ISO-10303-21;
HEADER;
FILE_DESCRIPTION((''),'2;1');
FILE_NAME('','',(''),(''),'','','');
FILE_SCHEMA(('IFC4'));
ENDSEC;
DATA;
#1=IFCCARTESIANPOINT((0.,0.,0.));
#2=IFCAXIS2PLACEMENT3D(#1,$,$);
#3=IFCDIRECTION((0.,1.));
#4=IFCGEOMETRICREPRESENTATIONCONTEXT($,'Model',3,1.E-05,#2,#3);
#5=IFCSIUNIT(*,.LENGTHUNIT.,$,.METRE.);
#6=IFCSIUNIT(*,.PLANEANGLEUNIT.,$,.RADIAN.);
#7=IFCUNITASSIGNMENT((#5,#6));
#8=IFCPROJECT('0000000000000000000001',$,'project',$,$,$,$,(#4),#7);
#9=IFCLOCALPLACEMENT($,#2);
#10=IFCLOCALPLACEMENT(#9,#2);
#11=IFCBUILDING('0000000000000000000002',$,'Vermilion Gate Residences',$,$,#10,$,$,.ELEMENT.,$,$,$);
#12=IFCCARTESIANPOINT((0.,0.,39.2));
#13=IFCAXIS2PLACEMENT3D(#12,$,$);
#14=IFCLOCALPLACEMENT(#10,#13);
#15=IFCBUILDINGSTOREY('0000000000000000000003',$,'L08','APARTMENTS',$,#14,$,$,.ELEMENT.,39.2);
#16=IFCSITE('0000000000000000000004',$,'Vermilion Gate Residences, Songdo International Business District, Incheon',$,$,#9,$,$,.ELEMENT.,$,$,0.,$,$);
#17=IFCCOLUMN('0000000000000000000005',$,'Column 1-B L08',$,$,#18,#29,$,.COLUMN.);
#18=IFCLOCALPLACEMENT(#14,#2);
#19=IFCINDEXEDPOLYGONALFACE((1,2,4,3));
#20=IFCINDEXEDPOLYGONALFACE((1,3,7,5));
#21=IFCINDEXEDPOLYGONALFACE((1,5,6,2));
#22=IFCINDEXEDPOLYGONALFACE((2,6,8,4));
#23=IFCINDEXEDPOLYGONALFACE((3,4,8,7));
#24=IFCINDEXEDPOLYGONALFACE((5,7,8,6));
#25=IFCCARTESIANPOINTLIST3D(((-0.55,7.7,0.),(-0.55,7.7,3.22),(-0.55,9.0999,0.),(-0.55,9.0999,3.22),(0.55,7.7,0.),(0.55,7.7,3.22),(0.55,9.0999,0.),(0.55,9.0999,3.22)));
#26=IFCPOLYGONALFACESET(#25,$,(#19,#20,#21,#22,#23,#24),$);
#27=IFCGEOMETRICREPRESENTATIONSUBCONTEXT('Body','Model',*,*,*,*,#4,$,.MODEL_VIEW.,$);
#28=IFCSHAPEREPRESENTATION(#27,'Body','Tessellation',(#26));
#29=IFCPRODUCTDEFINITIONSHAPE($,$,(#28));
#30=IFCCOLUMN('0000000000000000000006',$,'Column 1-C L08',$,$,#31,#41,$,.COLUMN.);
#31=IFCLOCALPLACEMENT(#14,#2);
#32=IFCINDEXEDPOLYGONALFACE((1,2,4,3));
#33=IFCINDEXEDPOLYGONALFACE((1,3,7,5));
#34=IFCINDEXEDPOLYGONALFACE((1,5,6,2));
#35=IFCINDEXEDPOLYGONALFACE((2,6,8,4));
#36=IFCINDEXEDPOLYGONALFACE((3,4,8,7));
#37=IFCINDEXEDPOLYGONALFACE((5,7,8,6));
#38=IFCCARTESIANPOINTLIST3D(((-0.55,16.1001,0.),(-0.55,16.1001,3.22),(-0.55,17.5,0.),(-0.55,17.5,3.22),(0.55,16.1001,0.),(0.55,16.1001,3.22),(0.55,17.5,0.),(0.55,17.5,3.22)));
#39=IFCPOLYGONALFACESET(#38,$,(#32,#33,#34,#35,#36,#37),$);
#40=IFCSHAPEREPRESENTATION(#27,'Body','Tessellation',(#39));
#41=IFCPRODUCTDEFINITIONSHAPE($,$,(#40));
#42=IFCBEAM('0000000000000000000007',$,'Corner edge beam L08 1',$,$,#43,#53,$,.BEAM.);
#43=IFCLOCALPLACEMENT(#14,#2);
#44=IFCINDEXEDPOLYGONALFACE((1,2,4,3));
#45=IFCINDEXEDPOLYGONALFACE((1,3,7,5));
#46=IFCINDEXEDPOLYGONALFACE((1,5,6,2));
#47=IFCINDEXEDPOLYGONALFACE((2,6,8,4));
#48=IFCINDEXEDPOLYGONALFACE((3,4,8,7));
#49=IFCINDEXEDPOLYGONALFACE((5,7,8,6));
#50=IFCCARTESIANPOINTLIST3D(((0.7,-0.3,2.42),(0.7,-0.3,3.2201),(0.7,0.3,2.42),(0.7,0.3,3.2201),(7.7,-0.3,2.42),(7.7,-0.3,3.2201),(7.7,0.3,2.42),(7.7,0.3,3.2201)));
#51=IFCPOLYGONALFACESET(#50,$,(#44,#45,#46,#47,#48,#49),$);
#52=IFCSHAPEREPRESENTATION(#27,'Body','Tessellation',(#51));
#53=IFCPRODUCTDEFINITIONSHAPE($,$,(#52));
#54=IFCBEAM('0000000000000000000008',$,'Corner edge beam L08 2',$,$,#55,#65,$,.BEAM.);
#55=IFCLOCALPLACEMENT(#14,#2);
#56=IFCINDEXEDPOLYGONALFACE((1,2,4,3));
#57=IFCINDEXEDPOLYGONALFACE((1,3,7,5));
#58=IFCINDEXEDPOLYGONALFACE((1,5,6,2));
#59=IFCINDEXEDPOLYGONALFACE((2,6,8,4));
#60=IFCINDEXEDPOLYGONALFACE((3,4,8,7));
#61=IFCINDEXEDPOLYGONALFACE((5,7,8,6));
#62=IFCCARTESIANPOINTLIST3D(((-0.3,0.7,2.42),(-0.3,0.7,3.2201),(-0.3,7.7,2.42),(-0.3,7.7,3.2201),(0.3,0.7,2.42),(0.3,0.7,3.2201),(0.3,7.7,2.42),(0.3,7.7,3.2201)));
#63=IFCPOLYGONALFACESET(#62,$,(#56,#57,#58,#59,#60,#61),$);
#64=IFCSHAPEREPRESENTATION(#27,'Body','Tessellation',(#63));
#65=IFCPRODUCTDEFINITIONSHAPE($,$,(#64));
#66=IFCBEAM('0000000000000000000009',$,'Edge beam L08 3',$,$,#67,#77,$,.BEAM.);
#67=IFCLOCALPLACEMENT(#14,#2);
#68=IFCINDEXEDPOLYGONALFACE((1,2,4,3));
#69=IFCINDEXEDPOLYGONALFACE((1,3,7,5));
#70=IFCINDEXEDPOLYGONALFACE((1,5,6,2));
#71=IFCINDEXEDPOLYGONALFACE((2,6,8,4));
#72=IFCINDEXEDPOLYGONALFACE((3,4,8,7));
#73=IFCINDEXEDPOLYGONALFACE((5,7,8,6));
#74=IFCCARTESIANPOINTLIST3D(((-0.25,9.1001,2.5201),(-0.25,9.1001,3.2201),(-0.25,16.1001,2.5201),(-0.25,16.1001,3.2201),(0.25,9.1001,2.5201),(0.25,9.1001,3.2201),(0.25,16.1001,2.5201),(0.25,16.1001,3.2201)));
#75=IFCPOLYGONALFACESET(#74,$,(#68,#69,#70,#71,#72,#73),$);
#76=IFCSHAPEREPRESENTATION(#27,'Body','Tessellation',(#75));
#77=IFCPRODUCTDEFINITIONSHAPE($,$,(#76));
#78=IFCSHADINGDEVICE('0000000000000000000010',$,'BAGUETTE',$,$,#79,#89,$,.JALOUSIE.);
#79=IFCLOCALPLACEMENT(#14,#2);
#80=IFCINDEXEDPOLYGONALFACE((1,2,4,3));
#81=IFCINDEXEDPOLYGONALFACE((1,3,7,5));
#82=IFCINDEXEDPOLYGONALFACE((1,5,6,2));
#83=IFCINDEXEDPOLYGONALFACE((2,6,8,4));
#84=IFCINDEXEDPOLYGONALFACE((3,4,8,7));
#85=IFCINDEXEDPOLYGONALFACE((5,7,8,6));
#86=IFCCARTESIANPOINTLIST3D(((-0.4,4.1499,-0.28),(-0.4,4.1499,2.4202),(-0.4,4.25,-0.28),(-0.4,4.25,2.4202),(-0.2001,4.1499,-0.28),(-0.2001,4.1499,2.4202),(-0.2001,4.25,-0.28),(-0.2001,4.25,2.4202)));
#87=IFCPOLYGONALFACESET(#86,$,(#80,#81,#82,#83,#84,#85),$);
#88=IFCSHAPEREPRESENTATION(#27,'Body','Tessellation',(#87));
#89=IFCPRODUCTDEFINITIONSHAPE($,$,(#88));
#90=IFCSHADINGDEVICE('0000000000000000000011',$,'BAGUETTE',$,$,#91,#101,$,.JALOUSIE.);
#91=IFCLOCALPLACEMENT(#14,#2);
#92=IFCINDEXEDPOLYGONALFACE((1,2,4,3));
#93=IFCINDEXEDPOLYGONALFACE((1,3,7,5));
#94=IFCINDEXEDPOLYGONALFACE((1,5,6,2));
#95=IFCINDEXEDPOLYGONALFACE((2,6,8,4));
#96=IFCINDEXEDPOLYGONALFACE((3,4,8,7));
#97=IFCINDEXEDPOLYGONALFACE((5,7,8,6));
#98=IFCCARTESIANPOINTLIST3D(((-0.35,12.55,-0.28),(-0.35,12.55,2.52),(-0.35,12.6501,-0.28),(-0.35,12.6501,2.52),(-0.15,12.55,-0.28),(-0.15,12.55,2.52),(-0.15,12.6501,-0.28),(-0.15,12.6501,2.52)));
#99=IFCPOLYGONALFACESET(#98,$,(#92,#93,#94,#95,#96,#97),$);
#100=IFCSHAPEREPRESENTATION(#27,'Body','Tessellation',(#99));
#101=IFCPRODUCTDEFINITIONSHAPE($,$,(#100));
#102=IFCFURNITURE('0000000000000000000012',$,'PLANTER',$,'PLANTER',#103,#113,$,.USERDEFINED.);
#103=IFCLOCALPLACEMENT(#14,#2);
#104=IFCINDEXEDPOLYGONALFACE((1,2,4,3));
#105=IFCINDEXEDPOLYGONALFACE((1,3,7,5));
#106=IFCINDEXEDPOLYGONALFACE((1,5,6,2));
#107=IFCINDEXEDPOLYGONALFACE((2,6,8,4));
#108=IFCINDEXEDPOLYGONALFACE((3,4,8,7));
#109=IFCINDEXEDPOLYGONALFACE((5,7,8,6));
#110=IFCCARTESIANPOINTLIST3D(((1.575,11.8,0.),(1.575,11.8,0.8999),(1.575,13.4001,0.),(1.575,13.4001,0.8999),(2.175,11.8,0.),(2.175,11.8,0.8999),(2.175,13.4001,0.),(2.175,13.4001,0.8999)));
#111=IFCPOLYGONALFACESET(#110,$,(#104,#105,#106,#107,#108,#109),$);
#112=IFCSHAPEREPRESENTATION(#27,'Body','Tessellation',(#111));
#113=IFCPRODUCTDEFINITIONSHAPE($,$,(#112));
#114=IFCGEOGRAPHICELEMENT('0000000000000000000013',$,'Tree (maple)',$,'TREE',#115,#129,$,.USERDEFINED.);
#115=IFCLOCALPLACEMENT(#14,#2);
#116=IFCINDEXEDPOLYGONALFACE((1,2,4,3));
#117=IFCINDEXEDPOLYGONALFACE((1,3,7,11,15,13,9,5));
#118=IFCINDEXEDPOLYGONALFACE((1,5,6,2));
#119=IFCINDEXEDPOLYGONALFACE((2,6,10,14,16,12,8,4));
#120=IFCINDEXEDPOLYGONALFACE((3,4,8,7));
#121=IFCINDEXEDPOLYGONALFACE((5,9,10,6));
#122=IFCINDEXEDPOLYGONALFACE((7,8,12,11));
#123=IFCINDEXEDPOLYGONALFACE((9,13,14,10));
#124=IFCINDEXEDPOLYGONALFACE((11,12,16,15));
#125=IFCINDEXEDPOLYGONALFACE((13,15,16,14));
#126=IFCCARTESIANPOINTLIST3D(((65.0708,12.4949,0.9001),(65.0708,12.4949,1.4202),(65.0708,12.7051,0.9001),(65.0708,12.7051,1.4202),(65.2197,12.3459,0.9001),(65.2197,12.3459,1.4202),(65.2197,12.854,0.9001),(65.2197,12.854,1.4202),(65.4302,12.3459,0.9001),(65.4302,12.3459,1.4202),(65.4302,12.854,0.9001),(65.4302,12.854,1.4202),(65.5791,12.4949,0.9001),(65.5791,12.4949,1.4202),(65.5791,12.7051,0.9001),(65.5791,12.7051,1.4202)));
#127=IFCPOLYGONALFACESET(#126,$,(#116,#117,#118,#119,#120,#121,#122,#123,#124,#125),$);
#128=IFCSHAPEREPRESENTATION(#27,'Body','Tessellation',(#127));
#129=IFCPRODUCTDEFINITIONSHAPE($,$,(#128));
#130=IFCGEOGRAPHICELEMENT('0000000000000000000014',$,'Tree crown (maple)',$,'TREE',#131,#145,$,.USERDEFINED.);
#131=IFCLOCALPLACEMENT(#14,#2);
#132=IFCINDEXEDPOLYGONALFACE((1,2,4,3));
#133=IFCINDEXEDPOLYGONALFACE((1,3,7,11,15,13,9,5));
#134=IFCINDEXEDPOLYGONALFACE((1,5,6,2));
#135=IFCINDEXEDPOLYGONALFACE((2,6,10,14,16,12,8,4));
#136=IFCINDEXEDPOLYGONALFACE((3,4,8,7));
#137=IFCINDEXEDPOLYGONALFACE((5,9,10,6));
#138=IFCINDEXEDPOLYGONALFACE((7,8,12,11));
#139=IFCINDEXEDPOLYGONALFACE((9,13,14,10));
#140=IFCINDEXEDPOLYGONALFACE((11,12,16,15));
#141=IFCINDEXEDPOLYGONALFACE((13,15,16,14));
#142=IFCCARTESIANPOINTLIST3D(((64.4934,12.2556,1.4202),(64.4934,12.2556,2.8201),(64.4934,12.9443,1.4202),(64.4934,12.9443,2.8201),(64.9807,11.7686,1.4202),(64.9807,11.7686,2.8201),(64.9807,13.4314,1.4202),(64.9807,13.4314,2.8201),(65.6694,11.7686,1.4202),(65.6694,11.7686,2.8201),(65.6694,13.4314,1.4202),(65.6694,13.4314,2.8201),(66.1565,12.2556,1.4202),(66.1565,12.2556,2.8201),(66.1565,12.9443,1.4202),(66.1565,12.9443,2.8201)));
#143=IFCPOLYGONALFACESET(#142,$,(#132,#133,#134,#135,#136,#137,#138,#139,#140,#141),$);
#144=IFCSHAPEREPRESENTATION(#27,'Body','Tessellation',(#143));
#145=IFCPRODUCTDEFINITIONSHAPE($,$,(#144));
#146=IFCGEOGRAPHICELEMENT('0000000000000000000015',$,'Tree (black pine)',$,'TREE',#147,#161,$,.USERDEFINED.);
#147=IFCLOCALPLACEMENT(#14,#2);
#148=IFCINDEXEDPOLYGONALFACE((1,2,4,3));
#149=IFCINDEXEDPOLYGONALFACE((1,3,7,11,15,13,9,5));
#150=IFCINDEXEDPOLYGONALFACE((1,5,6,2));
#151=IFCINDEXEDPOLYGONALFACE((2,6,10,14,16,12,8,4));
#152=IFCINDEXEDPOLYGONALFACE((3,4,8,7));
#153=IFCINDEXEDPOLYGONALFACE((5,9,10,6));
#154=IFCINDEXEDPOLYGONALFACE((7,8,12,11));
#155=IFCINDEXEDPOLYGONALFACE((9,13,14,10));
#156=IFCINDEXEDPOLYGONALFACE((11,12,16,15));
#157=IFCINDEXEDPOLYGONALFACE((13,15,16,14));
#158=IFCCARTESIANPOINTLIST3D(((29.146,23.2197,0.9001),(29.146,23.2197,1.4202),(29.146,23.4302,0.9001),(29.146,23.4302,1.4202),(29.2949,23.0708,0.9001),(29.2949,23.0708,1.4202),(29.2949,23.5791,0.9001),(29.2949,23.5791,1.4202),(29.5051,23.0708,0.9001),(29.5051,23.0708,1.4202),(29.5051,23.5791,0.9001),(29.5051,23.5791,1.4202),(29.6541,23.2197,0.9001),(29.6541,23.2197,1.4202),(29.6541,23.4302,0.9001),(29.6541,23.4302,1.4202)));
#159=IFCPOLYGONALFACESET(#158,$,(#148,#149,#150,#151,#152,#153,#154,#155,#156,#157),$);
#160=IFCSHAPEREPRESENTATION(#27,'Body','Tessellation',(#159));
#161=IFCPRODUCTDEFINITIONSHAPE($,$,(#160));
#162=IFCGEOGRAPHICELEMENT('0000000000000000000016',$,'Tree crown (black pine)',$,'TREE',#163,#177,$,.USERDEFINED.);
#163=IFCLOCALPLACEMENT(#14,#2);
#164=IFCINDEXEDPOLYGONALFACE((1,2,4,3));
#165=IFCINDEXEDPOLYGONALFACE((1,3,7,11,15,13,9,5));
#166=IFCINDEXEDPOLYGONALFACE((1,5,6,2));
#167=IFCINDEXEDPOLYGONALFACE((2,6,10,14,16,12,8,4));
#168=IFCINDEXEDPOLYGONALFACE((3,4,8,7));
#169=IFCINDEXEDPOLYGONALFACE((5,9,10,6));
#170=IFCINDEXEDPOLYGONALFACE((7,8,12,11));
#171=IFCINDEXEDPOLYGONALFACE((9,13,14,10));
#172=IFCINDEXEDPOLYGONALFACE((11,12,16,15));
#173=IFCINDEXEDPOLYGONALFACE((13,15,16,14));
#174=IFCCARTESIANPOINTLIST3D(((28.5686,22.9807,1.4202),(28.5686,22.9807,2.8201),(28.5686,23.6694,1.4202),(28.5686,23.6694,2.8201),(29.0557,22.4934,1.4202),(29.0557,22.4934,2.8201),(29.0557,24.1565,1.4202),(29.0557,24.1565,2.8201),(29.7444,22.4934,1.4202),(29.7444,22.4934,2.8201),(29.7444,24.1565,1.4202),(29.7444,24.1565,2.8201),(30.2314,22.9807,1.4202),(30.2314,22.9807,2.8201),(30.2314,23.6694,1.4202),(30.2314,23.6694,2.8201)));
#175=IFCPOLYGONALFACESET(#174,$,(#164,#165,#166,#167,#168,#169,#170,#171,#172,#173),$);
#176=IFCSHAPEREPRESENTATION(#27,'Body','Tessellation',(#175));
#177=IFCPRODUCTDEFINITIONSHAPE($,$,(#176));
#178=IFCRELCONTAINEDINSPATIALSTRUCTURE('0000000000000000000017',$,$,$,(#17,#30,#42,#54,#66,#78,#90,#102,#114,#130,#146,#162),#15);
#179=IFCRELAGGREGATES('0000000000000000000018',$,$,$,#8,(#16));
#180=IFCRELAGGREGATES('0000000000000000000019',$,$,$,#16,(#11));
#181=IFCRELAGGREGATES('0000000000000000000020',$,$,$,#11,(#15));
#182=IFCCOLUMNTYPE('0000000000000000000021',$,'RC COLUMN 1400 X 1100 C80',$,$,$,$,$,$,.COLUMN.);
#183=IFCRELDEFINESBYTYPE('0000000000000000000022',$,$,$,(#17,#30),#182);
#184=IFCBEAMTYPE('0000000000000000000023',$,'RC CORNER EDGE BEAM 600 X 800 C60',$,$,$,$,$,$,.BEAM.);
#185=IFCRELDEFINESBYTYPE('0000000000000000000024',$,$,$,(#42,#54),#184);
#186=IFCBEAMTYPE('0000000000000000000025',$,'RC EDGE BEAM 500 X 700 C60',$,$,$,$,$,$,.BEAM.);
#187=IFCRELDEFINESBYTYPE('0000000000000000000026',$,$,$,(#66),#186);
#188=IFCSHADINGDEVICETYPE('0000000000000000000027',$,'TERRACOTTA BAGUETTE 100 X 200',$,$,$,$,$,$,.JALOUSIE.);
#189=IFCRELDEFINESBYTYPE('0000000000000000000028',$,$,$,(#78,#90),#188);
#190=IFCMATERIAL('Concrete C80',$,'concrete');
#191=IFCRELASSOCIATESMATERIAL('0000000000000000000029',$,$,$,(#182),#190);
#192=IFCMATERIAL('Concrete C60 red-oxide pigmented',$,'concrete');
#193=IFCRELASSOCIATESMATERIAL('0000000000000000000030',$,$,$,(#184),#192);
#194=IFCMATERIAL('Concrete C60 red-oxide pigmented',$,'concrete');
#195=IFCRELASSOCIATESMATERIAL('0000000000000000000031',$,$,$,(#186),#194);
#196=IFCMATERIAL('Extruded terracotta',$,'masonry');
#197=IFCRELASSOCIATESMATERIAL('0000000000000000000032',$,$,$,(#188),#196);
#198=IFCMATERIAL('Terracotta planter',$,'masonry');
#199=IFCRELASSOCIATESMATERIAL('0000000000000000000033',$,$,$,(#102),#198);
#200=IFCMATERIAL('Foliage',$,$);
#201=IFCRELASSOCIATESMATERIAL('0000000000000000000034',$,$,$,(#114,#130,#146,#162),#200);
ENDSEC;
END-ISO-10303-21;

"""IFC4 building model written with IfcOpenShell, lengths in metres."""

from ifc_helpers import new_model, si_unit, direction, frame, origin, origin_2d, place, context, subcontext, project, spatial, polyline, rectangle, outline, extrude, material, material_profile, profile_set, type_object, element, save


model = new_model("IFC4")

# Units and contexts
model_context = context("Model", 3, precision=1e-05, world=origin(), true_north=direction((0.0, 1.0)))
body_context = subcontext(model_context, "Body", "Model", "MODEL_VIEW")
ifc_project = project(units=[si_unit("LENGTHUNIT", "METRE"), si_unit("PLANEANGLEUNIT", "RADIAN")], contexts=[model_context])

# Site, building, storey
site_placement = place(None, origin())
site = spatial("IfcSite", under=ifc_project, at=site_placement, Name="Vermilion Gate Residences, Songdo International Business District, Incheon", CompositionType="ELEMENT", RefElevation=0.0)
building_placement = place(site_placement, origin())
building = spatial("IfcBuilding", under=site, at=building_placement, Name="Vermilion Gate Residences", CompositionType="ELEMENT")
storey_placement = place(building_placement, frame((0.0, 0.0, 39.2)))
storey = spatial("IfcBuildingStorey", under=building, at=storey_placement, Name="L08", Description="APARTMENTS", CompositionType="ELEMENT", Elevation=39.2)

# Columns
ifc_material_1 = material(Name="Concrete C80", Category="concrete")
ifc_material_profile_1 = material_profile(ifc_material_1, rectangle(XDim=1.3999, YDim=1.1001, at=origin_2d()), Name="RC-1400x1100")
ifc_profile_set_1 = profile_set([ifc_material_profile_1], Name="Concrete C80")
column_type = type_object("IfcColumnType", Name="RC COLUMN 1400 X 1100 C80", PredefinedType="COLUMN", material=ifc_profile_set_1)
for number, where, z_axis, x_axis, name in (
    (1, (0.0, 8.3999, 0.0), (0.0, 0.0, 1.0), (0.0, 1.0, 0.0), "Column 1-B L08"),
    (2, (0.0, 16.8, 0.0), (0.0, 0.0, 1.0), (0.0, 1.0, 0.0), "Column 1-C L08"),
):
    element("IfcColumn", number, at=place(storey_placement, frame(where, z_axis=z_axis, x_axis=x_axis)), inside=storey, type_object=column_type, Name=name, PredefinedType="COLUMN", context=body_context, shape_type="SweptSolid", body=[
        extrude(rectangle(XDim=1.3999, YDim=1.1001, at=origin_2d()), origin(), (0.0, 0.0, 1.0), 3.22),
    ])

# Beams
ifc_material_2 = material(Name="Concrete C60 red-oxide pigmented", Category="concrete")
ifc_material_profile_2 = material_profile(ifc_material_2, rectangle(XDim=0.6001, YDim=0.8, at=origin_2d()), Name="RC-600x800")
ifc_profile_set_2 = profile_set([ifc_material_profile_2], Name="Concrete C60 red-oxide pigmented")
beam_type_1 = type_object("IfcBeamType", Name="RC CORNER EDGE BEAM 600 X 800 C60", PredefinedType="BEAM", material=ifc_profile_set_2)
for number, where, z_axis, x_axis, name in (
    (3, (0.7, 0.0, 2.8201), (1.0, 0.0, 0.0), (0.0, 1.0, 0.0), "Corner edge beam L08 1"),
    (4, (0.0, 0.7, 2.8201), (0.0, 1.0, 0.0), (-1.0, 0.0, 0.0), "Corner edge beam L08 2"),
):
    element("IfcBeam", number, at=place(storey_placement, frame(where, z_axis=z_axis, x_axis=x_axis)), inside=storey, type_object=beam_type_1, Name=name, PredefinedType="BEAM", context=body_context, shape_type="SweptSolid", body=[
        extrude(rectangle(XDim=0.6001, YDim=0.8, at=origin_2d()), origin(), (0.0, 0.0, 1.0), 7.0),
    ])
ifc_material_3 = material(Name="Concrete C60 red-oxide pigmented", Category="concrete")
ifc_material_profile_3 = material_profile(ifc_material_3, rectangle(XDim=0.5, YDim=0.7, at=origin_2d()), Name="RC-500x700")
ifc_profile_set_3 = profile_set([ifc_material_profile_3], Name="Concrete C60 red-oxide pigmented")
beam_type_2 = type_object("IfcBeamType", Name="RC EDGE BEAM 500 X 700 C60", PredefinedType="BEAM", material=ifc_profile_set_3)
beam_placement = place(storey_placement, frame((0.0, 9.1001, 2.8701), z_axis=(0.0, 1.0, 0.0), x_axis=(-1.0, 0.0, 0.0)))
element("IfcBeam", 5, at=beam_placement, inside=storey, type_object=beam_type_2, Name="Edge beam L08 3", PredefinedType="BEAM", context=body_context, shape_type="SweptSolid", body=[
    extrude(rectangle(XDim=0.5, YDim=0.7, at=origin_2d()), origin(), (0.0, 0.0, 1.0), 7.0),
])

# Shading devices
ifc_material_4 = material(Name="Extruded terracotta", Category="masonry")
ifc_material_profile_4 = material_profile(ifc_material_4, rectangle(XDim=0.2, YDim=0.1001, at=origin_2d()), Name="BAGUETTE 100 X 200")
ifc_profile_set_4 = profile_set([ifc_material_profile_4], Name="Extruded terracotta")
shading_device_type = type_object("IfcShadingDeviceType", Name="TERRACOTTA BAGUETTE 100 X 200", PredefinedType="JALOUSIE", material=ifc_profile_set_4)
shading_device_1_placement = place(storey_placement, frame((-0.3, 4.2, -0.28), z_axis=(0.0, 0.0, 1.0), x_axis=(1.0, 0.0, 0.0)))
element("IfcShadingDevice", 6, at=shading_device_1_placement, inside=storey, type_object=shading_device_type, Name="BAGUETTE", PredefinedType="JALOUSIE", context=body_context, shape_type="SweptSolid", body=[
    extrude(rectangle(XDim=0.2, YDim=0.1001, at=origin_2d()), origin(), (0.0, 0.0, 1.0), 2.7002),
])
shading_device_2_placement = place(storey_placement, frame((-0.25, 12.6001, -0.28), z_axis=(0.0, 0.0, 1.0), x_axis=(1.0, 0.0, 0.0)))
element("IfcShadingDevice", 7, at=shading_device_2_placement, inside=storey, type_object=shading_device_type, Name="BAGUETTE", PredefinedType="JALOUSIE", context=body_context, shape_type="SweptSolid", body=[
    extrude(rectangle(XDim=0.2, YDim=0.1001, at=origin_2d()), origin(), (0.0, 0.0, 1.0), 2.8),
])

# Furniture
ifc_material_5 = material(Name="Terracotta planter", Category="masonry")
furniture_placement = place(storey_placement, frame((1.875, 12.6001, 0.0), z_axis=(0.0, 0.0, 1.0), x_axis=(0.0, -1.0, 0.0)))
element("IfcFurniture", 8, at=furniture_placement, inside=storey, material=ifc_material_5, Name="PLANTER", ObjectType="PLANTER", PredefinedType="USERDEFINED", context=body_context, shape_type="SweptSolid", body=[
    extrude(rectangle(XDim=1.6001, YDim=0.6001, at=origin_2d()), origin(), (0.0, 0.0, 1.0), 0.8999),
])

# Geographic elements
ifc_material_6 = material(Name="Foliage")
geographic_element_1_placement = place(storey_placement, frame((0.0, 0.0, 0.9001)))
element("IfcGeographicElement", 9, at=geographic_element_1_placement, inside=storey, material=ifc_material_6, Name="Tree (maple)", ObjectType="TREE", PredefinedType="USERDEFINED", context=body_context, shape_type="SweptSolid", body=[
    extrude(outline(polyline([(65.5791, 12.7051), (65.4302, 12.854), (65.2197, 12.854), (65.0708, 12.7051), (65.0708, 12.4949), (65.2197, 12.3459), (65.4302, 12.3459), (65.5791, 12.4949), (65.5791, 12.7051)])), origin(), (0.0, 0.0, 1.0), 0.52),
])
geographic_element_2_placement = place(storey_placement, frame((0.0, 0.0, 1.4202)))
element("IfcGeographicElement", 10, at=geographic_element_2_placement, inside=storey, material=ifc_material_6, Name="Tree crown (maple)", ObjectType="TREE", PredefinedType="USERDEFINED", context=body_context, shape_type="SweptSolid", body=[
    extrude(outline(polyline([(66.1565, 12.9443), (65.6694, 13.4314), (64.9807, 13.4314), (64.4934, 12.9443), (64.4934, 12.2556), (64.9807, 11.7686), (65.6694, 11.7686), (66.1565, 12.2556), (66.1565, 12.9443)])), origin(), (0.0, 0.0, 1.0), 1.3999),
])
geographic_element_3_placement = place(storey_placement, frame((0.0, 0.0, 0.9001)))
element("IfcGeographicElement", 11, at=geographic_element_3_placement, inside=storey, material=ifc_material_6, Name="Tree (black pine)", ObjectType="TREE", PredefinedType="USERDEFINED", context=body_context, shape_type="SweptSolid", body=[
    extrude(outline(polyline([(29.6541, 23.4302), (29.5051, 23.5791), (29.2949, 23.5791), (29.146, 23.4302), (29.146, 23.2197), (29.2949, 23.0708), (29.5051, 23.0708), (29.6541, 23.2197), (29.6541, 23.4302)])), origin(), (0.0, 0.0, 1.0), 0.52),
])
geographic_element_4_placement = place(storey_placement, frame((0.0, 0.0, 1.4202)))
element("IfcGeographicElement", 12, at=geographic_element_4_placement, inside=storey, material=ifc_material_6, Name="Tree crown (black pine)", ObjectType="TREE", PredefinedType="USERDEFINED", context=body_context, shape_type="SweptSolid", body=[
    extrude(outline(polyline([(30.2314, 23.6694), (29.7444, 24.1565), (29.0557, 24.1565), (28.5686, 23.6694), (28.5686, 22.9807), (29.0557, 22.4934), (29.7444, 22.4934), (30.2314, 22.9807), (30.2314, 23.6694)])), origin(), (0.0, 0.0, 1.0), 1.3999),
])

save(model, "model.ifc")
